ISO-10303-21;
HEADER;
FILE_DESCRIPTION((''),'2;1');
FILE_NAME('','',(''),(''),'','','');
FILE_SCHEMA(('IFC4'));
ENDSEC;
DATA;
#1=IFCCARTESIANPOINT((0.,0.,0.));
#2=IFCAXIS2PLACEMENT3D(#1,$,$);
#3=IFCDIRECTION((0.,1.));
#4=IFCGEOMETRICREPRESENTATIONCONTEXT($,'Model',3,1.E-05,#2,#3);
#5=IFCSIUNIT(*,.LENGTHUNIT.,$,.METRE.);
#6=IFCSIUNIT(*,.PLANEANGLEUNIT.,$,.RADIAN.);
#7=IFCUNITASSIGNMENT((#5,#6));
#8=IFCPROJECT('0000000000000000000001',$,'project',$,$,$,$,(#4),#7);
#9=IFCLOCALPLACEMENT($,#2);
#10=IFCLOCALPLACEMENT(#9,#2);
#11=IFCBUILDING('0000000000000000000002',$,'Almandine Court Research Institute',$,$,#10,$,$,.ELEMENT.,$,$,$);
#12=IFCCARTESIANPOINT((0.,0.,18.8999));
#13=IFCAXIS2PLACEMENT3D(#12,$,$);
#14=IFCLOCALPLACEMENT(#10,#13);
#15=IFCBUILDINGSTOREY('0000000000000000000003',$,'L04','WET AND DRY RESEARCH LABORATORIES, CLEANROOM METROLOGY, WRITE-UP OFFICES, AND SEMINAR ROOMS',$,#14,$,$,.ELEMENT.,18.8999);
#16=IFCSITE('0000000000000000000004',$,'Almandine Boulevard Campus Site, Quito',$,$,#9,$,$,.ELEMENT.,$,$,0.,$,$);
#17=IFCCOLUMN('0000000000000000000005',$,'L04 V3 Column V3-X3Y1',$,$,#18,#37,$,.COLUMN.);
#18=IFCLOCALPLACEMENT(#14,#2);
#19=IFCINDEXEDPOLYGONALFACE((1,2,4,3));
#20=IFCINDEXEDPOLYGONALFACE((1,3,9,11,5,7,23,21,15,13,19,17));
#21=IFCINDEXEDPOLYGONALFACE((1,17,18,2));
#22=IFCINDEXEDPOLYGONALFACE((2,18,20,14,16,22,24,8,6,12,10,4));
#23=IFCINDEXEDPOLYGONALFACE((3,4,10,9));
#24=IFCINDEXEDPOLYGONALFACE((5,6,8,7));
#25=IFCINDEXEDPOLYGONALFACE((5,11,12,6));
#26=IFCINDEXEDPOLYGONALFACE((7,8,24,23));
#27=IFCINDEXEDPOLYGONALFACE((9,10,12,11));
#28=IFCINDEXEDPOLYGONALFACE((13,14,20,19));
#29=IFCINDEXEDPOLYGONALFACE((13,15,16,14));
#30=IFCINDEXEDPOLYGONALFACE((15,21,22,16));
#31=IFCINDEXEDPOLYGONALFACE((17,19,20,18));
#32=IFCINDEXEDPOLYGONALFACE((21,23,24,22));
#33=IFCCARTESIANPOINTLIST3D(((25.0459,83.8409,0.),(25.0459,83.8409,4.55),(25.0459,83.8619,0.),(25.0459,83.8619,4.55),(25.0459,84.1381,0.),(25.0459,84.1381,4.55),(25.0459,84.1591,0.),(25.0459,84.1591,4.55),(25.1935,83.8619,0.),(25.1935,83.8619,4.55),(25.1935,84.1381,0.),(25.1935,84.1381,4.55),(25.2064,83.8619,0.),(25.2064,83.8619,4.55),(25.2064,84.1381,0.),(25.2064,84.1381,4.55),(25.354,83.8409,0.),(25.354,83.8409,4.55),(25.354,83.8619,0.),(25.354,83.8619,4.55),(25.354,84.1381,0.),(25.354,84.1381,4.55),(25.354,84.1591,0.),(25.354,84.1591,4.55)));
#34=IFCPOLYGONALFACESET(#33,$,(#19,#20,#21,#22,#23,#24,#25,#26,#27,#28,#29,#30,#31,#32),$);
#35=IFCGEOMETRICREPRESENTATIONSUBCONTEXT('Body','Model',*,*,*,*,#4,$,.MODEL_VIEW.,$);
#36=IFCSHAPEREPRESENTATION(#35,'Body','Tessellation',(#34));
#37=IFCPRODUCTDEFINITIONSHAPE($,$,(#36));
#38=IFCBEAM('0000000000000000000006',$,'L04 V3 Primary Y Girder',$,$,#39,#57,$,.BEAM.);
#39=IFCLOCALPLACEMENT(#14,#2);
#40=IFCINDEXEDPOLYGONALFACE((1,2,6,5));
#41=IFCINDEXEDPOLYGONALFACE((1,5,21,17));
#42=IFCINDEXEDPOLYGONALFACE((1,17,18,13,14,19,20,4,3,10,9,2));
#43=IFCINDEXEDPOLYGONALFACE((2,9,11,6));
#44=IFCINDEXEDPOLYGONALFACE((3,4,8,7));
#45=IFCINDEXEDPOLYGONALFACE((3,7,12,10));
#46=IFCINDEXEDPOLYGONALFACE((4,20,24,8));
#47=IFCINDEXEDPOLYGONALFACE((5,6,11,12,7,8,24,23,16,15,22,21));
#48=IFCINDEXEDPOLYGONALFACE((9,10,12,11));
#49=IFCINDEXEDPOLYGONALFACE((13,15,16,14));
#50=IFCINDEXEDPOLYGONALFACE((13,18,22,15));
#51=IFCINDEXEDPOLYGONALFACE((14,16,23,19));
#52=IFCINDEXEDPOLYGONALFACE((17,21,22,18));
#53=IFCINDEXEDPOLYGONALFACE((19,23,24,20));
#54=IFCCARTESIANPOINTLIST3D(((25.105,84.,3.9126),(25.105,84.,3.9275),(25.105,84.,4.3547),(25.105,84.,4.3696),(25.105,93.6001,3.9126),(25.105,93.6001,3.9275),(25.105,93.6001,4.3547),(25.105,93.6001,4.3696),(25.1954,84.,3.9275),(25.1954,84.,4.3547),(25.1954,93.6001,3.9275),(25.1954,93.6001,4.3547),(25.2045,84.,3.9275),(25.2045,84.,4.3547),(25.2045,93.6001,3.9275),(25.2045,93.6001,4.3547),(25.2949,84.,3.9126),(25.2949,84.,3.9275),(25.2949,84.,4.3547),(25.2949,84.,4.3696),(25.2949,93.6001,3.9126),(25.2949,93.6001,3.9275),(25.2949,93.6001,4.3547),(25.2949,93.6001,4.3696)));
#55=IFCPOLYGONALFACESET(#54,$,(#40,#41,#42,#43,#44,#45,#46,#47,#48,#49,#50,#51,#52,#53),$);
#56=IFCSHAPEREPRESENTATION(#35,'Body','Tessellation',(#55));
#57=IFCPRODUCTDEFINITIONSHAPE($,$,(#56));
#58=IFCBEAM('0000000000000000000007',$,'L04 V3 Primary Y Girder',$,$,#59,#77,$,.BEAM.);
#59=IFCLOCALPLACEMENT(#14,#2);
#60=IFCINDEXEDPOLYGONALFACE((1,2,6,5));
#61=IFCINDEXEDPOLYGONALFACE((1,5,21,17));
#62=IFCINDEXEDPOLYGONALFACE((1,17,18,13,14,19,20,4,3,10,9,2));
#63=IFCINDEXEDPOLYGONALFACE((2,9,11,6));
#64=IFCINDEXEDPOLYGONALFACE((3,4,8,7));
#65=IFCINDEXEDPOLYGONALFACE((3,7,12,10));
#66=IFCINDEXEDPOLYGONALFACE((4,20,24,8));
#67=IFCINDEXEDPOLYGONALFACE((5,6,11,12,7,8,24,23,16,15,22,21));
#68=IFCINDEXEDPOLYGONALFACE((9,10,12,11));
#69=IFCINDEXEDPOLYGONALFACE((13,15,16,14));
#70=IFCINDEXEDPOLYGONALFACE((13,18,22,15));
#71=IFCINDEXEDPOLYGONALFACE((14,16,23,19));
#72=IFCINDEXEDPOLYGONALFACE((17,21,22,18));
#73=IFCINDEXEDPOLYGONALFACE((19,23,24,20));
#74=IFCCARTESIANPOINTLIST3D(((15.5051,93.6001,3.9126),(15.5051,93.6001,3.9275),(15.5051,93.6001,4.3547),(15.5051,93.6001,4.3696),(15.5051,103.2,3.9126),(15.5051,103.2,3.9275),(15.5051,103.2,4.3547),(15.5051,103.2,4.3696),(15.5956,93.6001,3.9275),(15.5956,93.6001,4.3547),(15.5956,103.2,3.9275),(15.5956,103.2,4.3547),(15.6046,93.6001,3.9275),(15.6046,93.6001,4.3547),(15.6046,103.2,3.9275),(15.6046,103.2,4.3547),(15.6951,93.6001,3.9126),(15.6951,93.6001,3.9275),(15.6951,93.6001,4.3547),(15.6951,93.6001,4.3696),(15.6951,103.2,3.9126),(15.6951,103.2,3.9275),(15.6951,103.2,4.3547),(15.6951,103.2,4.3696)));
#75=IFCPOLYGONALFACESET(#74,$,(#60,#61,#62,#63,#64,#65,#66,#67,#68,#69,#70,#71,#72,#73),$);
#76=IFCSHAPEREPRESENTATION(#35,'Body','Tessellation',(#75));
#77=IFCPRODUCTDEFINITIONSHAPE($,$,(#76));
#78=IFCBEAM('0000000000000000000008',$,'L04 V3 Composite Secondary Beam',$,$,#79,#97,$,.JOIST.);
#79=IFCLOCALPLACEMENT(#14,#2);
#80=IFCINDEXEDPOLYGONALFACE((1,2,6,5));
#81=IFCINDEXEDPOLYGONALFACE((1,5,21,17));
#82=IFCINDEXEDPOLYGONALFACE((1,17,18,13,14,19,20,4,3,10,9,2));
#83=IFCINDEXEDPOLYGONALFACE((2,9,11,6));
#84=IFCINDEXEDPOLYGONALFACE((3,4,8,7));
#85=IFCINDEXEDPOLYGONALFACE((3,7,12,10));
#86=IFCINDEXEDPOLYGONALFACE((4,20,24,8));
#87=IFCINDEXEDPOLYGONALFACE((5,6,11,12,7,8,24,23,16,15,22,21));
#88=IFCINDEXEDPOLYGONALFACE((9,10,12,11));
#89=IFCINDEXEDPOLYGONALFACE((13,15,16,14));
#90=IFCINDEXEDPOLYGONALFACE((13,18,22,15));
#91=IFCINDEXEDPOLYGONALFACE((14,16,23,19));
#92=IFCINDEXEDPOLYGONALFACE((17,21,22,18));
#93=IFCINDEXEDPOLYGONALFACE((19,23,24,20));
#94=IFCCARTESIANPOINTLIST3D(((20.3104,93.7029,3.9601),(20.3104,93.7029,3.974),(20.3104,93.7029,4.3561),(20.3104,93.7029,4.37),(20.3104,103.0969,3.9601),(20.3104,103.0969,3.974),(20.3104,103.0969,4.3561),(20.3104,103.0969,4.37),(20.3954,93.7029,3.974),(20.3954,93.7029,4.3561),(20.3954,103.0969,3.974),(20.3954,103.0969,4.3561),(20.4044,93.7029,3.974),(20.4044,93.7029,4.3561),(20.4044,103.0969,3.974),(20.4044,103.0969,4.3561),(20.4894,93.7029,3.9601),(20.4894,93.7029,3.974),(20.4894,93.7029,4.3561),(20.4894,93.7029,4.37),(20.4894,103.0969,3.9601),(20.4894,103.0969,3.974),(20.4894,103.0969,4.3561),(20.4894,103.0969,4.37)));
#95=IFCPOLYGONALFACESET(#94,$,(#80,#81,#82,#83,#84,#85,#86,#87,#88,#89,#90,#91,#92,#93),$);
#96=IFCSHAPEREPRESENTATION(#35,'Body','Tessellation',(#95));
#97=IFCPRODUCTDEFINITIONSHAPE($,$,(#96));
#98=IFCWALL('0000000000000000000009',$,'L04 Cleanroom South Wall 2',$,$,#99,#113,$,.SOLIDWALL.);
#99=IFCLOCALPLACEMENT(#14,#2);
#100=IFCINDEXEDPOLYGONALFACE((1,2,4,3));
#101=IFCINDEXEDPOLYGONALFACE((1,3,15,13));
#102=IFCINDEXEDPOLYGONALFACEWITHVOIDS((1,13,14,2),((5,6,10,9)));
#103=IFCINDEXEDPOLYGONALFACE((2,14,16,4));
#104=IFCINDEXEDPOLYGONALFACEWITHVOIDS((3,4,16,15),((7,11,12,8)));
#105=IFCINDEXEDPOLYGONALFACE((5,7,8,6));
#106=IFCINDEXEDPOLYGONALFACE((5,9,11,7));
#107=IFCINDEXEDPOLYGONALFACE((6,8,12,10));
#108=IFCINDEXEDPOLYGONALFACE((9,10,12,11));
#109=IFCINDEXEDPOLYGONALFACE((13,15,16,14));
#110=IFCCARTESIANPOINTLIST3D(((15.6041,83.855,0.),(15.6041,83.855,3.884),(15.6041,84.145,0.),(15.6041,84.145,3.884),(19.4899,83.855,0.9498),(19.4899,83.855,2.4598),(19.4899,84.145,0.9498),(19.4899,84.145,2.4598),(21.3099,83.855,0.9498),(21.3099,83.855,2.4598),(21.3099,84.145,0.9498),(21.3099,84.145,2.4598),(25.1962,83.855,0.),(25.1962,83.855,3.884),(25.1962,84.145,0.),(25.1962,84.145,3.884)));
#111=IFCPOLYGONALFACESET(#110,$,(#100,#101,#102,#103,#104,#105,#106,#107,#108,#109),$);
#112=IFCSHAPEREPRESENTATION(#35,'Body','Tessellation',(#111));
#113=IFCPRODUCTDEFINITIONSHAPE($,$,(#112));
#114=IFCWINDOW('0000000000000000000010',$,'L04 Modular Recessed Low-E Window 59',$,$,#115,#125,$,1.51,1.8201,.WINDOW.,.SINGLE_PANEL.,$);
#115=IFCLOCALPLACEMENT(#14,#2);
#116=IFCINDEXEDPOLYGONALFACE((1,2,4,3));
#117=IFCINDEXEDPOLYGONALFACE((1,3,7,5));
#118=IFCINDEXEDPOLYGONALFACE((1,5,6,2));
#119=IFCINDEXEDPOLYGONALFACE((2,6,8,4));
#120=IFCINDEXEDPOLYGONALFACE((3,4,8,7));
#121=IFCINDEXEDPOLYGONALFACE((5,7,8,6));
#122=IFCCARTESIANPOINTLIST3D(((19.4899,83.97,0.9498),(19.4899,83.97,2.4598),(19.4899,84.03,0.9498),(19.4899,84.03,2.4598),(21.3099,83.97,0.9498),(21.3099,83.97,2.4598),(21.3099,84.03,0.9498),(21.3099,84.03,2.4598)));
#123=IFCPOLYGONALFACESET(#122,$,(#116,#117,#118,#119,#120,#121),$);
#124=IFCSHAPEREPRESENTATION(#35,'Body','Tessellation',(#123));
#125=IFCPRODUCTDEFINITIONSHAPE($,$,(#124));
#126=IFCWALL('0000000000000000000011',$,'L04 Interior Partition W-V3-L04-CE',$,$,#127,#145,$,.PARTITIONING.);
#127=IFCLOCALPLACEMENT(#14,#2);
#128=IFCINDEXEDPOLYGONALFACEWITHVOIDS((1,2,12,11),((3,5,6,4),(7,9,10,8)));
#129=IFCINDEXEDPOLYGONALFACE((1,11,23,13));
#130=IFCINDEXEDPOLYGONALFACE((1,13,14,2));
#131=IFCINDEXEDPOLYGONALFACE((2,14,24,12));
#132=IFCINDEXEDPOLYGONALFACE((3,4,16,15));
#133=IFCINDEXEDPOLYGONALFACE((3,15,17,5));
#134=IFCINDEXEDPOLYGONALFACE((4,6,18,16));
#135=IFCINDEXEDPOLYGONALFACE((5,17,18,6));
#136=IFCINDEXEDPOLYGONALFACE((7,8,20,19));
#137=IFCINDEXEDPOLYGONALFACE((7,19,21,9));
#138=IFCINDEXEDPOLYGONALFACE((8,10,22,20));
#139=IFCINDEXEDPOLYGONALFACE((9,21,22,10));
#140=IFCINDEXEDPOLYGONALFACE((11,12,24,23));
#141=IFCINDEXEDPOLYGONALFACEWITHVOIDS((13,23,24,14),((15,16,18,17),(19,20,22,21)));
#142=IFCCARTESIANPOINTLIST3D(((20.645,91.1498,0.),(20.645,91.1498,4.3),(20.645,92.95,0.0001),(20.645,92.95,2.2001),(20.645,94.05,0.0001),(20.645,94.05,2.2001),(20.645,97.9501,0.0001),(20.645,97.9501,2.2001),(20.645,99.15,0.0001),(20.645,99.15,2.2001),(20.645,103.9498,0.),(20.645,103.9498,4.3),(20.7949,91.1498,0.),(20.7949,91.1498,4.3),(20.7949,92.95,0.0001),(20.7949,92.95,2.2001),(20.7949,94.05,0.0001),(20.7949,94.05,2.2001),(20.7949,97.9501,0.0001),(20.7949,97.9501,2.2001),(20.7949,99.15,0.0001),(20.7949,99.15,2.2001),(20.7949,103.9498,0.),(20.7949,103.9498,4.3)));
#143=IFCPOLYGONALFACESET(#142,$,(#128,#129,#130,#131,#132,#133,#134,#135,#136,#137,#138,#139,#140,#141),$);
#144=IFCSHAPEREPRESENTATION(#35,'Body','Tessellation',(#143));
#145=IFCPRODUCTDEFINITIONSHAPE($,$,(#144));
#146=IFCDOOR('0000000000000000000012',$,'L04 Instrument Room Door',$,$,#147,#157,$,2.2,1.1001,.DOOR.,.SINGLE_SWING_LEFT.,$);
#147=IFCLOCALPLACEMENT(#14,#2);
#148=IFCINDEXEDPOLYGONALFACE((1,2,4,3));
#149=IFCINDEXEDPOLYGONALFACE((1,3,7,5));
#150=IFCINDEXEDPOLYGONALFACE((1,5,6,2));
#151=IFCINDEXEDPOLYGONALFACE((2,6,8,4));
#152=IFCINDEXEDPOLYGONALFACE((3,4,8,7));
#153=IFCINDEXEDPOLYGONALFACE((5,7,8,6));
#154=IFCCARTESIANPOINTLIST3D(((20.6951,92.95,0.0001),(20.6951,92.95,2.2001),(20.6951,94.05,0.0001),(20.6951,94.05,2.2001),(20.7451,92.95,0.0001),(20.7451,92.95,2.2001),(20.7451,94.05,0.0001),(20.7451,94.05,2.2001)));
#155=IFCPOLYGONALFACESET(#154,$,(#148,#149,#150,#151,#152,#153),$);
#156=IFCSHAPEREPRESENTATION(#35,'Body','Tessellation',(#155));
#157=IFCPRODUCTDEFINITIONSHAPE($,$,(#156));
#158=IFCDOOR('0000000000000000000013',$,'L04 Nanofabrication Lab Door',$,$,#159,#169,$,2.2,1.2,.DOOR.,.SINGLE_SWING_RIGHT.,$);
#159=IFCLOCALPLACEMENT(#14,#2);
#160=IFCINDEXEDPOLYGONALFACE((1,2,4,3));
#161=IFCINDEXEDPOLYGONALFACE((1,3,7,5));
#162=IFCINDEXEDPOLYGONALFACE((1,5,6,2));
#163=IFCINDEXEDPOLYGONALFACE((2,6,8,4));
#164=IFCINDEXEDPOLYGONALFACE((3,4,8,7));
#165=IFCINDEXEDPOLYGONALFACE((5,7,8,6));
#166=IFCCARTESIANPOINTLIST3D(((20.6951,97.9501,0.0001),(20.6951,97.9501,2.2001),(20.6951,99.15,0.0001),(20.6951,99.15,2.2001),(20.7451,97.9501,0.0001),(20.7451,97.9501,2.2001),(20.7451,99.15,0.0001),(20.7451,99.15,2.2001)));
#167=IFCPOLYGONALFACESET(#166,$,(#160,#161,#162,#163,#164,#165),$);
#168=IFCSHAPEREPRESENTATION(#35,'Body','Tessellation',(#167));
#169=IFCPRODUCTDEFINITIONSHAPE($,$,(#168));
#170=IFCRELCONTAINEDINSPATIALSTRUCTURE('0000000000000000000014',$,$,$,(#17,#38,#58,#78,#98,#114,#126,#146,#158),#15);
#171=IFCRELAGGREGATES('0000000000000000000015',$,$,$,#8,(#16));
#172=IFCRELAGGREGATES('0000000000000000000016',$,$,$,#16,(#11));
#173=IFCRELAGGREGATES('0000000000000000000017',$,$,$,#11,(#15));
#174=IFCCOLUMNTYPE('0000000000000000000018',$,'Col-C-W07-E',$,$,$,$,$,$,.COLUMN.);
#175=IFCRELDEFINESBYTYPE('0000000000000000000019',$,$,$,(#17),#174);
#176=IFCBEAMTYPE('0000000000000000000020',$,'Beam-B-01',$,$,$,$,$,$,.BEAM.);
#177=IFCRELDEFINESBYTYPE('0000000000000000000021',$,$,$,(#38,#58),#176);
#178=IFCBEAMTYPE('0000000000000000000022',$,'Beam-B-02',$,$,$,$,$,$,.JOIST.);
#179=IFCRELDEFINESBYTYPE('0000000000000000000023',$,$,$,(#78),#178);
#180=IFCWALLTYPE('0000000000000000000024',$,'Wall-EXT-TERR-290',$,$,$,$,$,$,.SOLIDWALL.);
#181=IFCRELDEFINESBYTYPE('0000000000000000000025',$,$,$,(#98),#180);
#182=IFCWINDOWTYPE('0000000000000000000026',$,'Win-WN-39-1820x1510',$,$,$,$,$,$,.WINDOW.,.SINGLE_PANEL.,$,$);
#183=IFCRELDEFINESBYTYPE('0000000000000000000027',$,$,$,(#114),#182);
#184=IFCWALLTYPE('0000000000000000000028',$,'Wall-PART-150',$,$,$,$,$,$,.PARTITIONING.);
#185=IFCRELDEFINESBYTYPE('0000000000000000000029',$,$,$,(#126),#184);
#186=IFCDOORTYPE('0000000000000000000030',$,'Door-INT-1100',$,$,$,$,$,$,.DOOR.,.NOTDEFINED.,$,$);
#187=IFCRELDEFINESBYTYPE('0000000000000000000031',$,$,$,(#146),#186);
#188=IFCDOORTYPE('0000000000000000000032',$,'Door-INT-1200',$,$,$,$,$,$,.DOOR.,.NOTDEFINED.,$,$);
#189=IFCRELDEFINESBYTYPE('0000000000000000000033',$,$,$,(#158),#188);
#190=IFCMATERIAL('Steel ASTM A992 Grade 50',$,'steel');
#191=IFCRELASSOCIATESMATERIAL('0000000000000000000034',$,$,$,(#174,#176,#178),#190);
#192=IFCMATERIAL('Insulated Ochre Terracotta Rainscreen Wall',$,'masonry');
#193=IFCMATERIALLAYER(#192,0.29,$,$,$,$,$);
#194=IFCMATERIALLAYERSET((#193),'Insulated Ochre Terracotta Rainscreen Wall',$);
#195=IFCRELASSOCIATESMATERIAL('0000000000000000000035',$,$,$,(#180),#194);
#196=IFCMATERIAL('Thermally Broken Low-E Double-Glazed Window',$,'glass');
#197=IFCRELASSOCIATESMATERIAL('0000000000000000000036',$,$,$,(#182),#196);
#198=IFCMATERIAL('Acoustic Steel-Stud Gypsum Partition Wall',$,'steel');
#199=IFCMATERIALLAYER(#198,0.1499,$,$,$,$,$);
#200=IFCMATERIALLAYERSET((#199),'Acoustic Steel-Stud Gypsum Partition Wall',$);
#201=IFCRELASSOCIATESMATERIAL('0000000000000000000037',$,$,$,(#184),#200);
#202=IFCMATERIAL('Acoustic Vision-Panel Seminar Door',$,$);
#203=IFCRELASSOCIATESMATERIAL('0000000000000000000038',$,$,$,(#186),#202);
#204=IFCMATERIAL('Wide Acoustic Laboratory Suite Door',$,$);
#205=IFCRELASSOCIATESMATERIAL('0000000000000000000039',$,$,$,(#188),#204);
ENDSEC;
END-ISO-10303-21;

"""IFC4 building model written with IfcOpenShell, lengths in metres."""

from ifc_helpers import new_model, si_unit, direction, frame, frame_2d, origin, origin_2d, place, context, subcontext, project, spatial, rectangle, i_section, extrude, material, layer, layer_set, material_profile, profile_set, type_object, element, fill, save


model = new_model("IFC4")

# Units and contexts
model_context = context("Model", 3, precision=1e-05, world=origin(), true_north=direction((0.0, 1.0)))
body_context = subcontext(model_context, "Body", "Model", "MODEL_VIEW")
ifc_project = project(units=[si_unit("LENGTHUNIT", "METRE"), si_unit("PLANEANGLEUNIT", "RADIAN")], contexts=[model_context])

# Site, building, storey
site_placement = place(None, origin())
site = spatial("IfcSite", under=ifc_project, at=site_placement, Name="Almandine Boulevard Campus Site, Quito", CompositionType="ELEMENT", RefElevation=0.0)
building_placement = place(site_placement, origin())
building = spatial("IfcBuilding", under=site, at=building_placement, Name="Almandine Court Research Institute", CompositionType="ELEMENT")
storey_placement = place(building_placement, frame((0.0, 0.0, 18.8999)))
storey = spatial("IfcBuildingStorey", under=building, at=storey_placement, Name="L04", Description="WET AND DRY RESEARCH LABORATORIES, CLEANROOM METROLOGY, WRITE-UP OFFICES, AND SEMINAR ROOMS", CompositionType="ELEMENT", Elevation=18.8999)

# Column
ifc_material_1 = material(Name="Steel ASTM A992 Grade 50", Category="steel")
ifc_material_profile_1 = material_profile(ifc_material_1, i_section(OverallWidth=0.3081, OverallDepth=0.3181, WebThickness=0.0129, FlangeThickness=0.021, at=origin_2d()), Name="W310x129")
ifc_profile_set_1 = profile_set([ifc_material_profile_1], Name="Steel ASTM A992 Grade 50")
column_type = type_object("IfcColumnType", Name="Col-C-W07-E", PredefinedType="COLUMN", material=ifc_profile_set_1)
column_placement = place(storey_placement, frame((25.2, 84.0, 0.0), z_axis=(0.0, 0.0, 1.0), x_axis=(1.0, 0.0, 0.0)))
element("IfcColumn", 1, at=column_placement, inside=storey, type_object=column_type, Name="L04 V3 Column V3-X3Y1", PredefinedType="COLUMN", context=body_context, shape_type="SweptSolid", body=[
    extrude(i_section(OverallWidth=0.3081, OverallDepth=0.3181, WebThickness=0.0129, FlangeThickness=0.021, at=origin_2d()), origin(), (0.0, 0.0, 1.0), 4.55),
])

# Beams
ifc_material_profile_2 = material_profile(ifc_material_1, i_section(OverallWidth=0.1899, OverallDepth=0.457, WebThickness=0.009, FlangeThickness=0.0149, at=origin_2d()), Name="W460x74")
ifc_profile_set_2 = profile_set([ifc_material_profile_2], Name="Steel ASTM A992 Grade 50")
beam_type_1 = type_object("IfcBeamType", Name="Beam-B-01", PredefinedType="BEAM", material=ifc_profile_set_2)
beam_1_placement = place(storey_placement, frame((25.2, 84.0, 4.1411), z_axis=(0.0, 1.0, 0.0), x_axis=(-1.0, 0.0, 0.0)))
element("IfcBeam", 2, at=beam_1_placement, inside=storey, type_object=beam_type_1, Name="L04 V3 Primary Y Girder", PredefinedType="BEAM", context=body_context, shape_type="SweptSolid", body=[
    extrude(i_section(OverallWidth=0.1899, OverallDepth=0.457, WebThickness=0.009, FlangeThickness=0.0149, at=origin_2d()), origin(), (0.0, 0.0, 1.0), 9.6001),
])
beam_2_placement = place(storey_placement, frame((15.6001, 93.6001, 4.1411), z_axis=(0.0, 1.0, 0.0), x_axis=(-1.0, 0.0, 0.0)))
element("IfcBeam", 3, at=beam_2_placement, inside=storey, type_object=beam_type_1, Name="L04 V3 Primary Y Girder", PredefinedType="BEAM", context=body_context, shape_type="SweptSolid", body=[
    extrude(i_section(OverallWidth=0.1899, OverallDepth=0.457, WebThickness=0.009, FlangeThickness=0.0149, at=origin_2d()), origin(), (0.0, 0.0, 1.0), 9.5999),
])
ifc_material_profile_3 = material_profile(ifc_material_1, i_section(OverallWidth=0.179, OverallDepth=0.4099, WebThickness=0.009, FlangeThickness=0.0139, at=origin_2d()), Name="W410x67")
ifc_profile_set_3 = profile_set([ifc_material_profile_3], Name="Steel ASTM A992 Grade 50")
beam_type_2 = type_object("IfcBeamType", Name="Beam-B-02", PredefinedType="JOIST", material=ifc_profile_set_3)
beam_3_placement = place(storey_placement, frame((20.3999, 93.7029, 4.165), z_axis=(0.0, 1.0, 0.0), x_axis=(-1.0, 0.0, 0.0)))
element("IfcBeam", 4, at=beam_3_placement, inside=storey, type_object=beam_type_2, Name="L04 V3 Composite Secondary Beam", PredefinedType="JOIST", context=body_context, shape_type="SweptSolid", body=[
    extrude(i_section(OverallWidth=0.179, OverallDepth=0.4099, WebThickness=0.009, FlangeThickness=0.0139, at=origin_2d()), origin(), (0.0, 0.0, 1.0), 9.394),
])

# Wall, opening, window
ifc_material_2 = material(Name="Insulated Ochre Terracotta Rainscreen Wall", Category="masonry")
ifc_layer_1 = layer(ifc_material_2, 0.29)
ifc_layer_set_1 = layer_set([ifc_layer_1], Name="Insulated Ochre Terracotta Rainscreen Wall")
wall_type_1 = type_object("IfcWallType", Name="Wall-EXT-TERR-290", PredefinedType="SOLIDWALL", material=ifc_layer_set_1)
wall_1_placement = place(storey_placement, frame((25.196, 84.0, 0.0), z_axis=(0.0, 0.0, 1.0), x_axis=(-1.0, 0.0, 0.0)))
wall_1 = element("IfcWall", 5, at=wall_1_placement, inside=storey, type_object=wall_type_1, Name="L04 Cleanroom South Wall 2", PredefinedType="SOLIDWALL", context=body_context, shape_type="SweptSolid", body=[
    extrude(rectangle(XDim=9.592, YDim=0.29, at=frame_2d((4.7959, 0.0))), origin(), (0.0, 0.0, 1.0), 3.884),
])
opening_1_placement = place(wall_1_placement, frame((3.886, 0.0, 0.95)))
opening_1 = element("IfcOpeningElement", 6, at=opening_1_placement, cuts=wall_1, PredefinedType="OPENING", context=body_context, shape_type="SweptSolid", body=[
    extrude(rectangle(XDim=1.8201, YDim=1.51, at=frame_2d((0.9102, 0.7549))), frame((0.0, 0.155, 0.0), z_axis=(0.0, -1.0, 0.0), x_axis=(1.0, 0.0, 0.0)), (0.0, 0.0, 1.0), 0.3101),
])
ifc_material_3 = material(Name="Thermally Broken Low-E Double-Glazed Window", Category="glass")
window_type = type_object("IfcWindowType", Name="Win-WN-39-1820x1510", PartitioningType="SINGLE_PANEL", PredefinedType="WINDOW", material=ifc_material_3)
window_placement = place(opening_1_placement, origin())
window = element("IfcWindow", 7, at=window_placement, inside=storey, type_object=window_type, Name="L04 Modular Recessed Low-E Window 59", OverallHeight=1.51, OverallWidth=1.8201, PartitioningType="SINGLE_PANEL", PredefinedType="WINDOW", context=body_context, shape_type="SweptSolid", body=[
    extrude(rectangle(XDim=1.8201, YDim=1.51, at=frame_2d((0.9102, 0.7549))), frame((0.0, 0.03, 0.0), z_axis=(0.0, -1.0, 0.0), x_axis=(1.0, 0.0, 0.0)), (0.0, 0.0, 1.0), 0.0601),
])
fill(opening_1, window)

# Wall, openings, doors
ifc_material_4 = material(Name="Acoustic Steel-Stud Gypsum Partition Wall", Category="steel")
ifc_layer_2 = layer(ifc_material_4, 0.1499)
ifc_layer_set_2 = layer_set([ifc_layer_2], Name="Acoustic Steel-Stud Gypsum Partition Wall")
wall_type_2 = type_object("IfcWallType", Name="Wall-PART-150", PredefinedType="PARTITIONING", material=ifc_layer_set_2)
wall_2_placement = place(storey_placement, frame((20.72, 91.1499, 0.0), z_axis=(0.0, 0.0, 1.0), x_axis=(0.0, 1.0, 0.0)))
wall_2 = element("IfcWall", 8, at=wall_2_placement, inside=storey, type_object=wall_type_2, Name="L04 Interior Partition W-V3-L04-CE", PredefinedType="PARTITIONING", context=body_context, shape_type="SweptSolid", body=[
    extrude(rectangle(XDim=12.8, YDim=0.1499, at=frame_2d((6.3999, 0.0))), origin(), (0.0, 0.0, 1.0), 4.3),
])
opening_2_placement = place(wall_2_placement, frame((1.8, 0.0, 0.0)))
opening_2 = element("IfcOpeningElement", 9, at=opening_2_placement, cuts=wall_2, PredefinedType="OPENING", context=body_context, shape_type="SweptSolid", body=[
    extrude(rectangle(XDim=1.1001, YDim=2.2, at=frame_2d((0.55, 1.1001))), frame((0.0, 0.085, 0.0), z_axis=(0.0, -1.0, 0.0), x_axis=(1.0, 0.0, 0.0)), (0.0, 0.0, 1.0), 0.1699),
])
opening_3_placement = place(wall_2_placement, frame((6.8, 0.0, 0.0)))
opening_3 = element("IfcOpeningElement", 10, at=opening_3_placement, cuts=wall_2, PredefinedType="OPENING", context=body_context, shape_type="SweptSolid", body=[
    extrude(rectangle(XDim=1.2, YDim=2.2, at=frame_2d((0.6001, 1.1001))), frame((0.0, 0.085, 0.0), z_axis=(0.0, -1.0, 0.0), x_axis=(1.0, 0.0, 0.0)), (0.0, 0.0, 1.0), 0.1699),
])
ifc_material_5 = material(Name="Acoustic Vision-Panel Seminar Door")
door_type_1 = type_object("IfcDoorType", Name="Door-INT-1100", OperationType="NOTDEFINED", PredefinedType="DOOR", material=ifc_material_5)
door_1_placement = place(opening_2_placement, origin())
door_1 = element("IfcDoor", 11, at=door_1_placement, inside=storey, type_object=door_type_1, Name="L04 Instrument Room Door", OperationType="SINGLE_SWING_LEFT", OverallHeight=2.2, OverallWidth=1.1001, PredefinedType="DOOR", context=body_context, shape_type="SweptSolid", body=[
    extrude(rectangle(XDim=1.1001, YDim=2.2, at=frame_2d((0.55, 1.1001))), frame((0.0, 0.0249, 0.0), z_axis=(0.0, -1.0, 0.0), x_axis=(1.0, 0.0, 0.0)), (0.0, 0.0, 1.0), 0.05),
])
fill(opening_2, door_1)
ifc_material_6 = material(Name="Wide Acoustic Laboratory Suite Door")
door_type_2 = type_object("IfcDoorType", Name="Door-INT-1200", OperationType="NOTDEFINED", PredefinedType="DOOR", material=ifc_material_6)
door_2_placement = place(opening_3_placement, origin())
door_2 = element("IfcDoor", 12, at=door_2_placement, inside=storey, type_object=door_type_2, Name="L04 Nanofabrication Lab Door", OperationType="SINGLE_SWING_RIGHT", OverallHeight=2.2, OverallWidth=1.2, PredefinedType="DOOR", context=body_context, shape_type="SweptSolid", body=[
    extrude(rectangle(XDim=1.2, YDim=2.2, at=frame_2d((0.6001, 1.1001))), frame((0.0, 0.0249, 0.0), z_axis=(0.0, -1.0, 0.0), x_axis=(1.0, 0.0, 0.0)), (0.0, 0.0, 1.0), 0.05),
])
fill(opening_3, door_2)

save(model, "model.ifc")
